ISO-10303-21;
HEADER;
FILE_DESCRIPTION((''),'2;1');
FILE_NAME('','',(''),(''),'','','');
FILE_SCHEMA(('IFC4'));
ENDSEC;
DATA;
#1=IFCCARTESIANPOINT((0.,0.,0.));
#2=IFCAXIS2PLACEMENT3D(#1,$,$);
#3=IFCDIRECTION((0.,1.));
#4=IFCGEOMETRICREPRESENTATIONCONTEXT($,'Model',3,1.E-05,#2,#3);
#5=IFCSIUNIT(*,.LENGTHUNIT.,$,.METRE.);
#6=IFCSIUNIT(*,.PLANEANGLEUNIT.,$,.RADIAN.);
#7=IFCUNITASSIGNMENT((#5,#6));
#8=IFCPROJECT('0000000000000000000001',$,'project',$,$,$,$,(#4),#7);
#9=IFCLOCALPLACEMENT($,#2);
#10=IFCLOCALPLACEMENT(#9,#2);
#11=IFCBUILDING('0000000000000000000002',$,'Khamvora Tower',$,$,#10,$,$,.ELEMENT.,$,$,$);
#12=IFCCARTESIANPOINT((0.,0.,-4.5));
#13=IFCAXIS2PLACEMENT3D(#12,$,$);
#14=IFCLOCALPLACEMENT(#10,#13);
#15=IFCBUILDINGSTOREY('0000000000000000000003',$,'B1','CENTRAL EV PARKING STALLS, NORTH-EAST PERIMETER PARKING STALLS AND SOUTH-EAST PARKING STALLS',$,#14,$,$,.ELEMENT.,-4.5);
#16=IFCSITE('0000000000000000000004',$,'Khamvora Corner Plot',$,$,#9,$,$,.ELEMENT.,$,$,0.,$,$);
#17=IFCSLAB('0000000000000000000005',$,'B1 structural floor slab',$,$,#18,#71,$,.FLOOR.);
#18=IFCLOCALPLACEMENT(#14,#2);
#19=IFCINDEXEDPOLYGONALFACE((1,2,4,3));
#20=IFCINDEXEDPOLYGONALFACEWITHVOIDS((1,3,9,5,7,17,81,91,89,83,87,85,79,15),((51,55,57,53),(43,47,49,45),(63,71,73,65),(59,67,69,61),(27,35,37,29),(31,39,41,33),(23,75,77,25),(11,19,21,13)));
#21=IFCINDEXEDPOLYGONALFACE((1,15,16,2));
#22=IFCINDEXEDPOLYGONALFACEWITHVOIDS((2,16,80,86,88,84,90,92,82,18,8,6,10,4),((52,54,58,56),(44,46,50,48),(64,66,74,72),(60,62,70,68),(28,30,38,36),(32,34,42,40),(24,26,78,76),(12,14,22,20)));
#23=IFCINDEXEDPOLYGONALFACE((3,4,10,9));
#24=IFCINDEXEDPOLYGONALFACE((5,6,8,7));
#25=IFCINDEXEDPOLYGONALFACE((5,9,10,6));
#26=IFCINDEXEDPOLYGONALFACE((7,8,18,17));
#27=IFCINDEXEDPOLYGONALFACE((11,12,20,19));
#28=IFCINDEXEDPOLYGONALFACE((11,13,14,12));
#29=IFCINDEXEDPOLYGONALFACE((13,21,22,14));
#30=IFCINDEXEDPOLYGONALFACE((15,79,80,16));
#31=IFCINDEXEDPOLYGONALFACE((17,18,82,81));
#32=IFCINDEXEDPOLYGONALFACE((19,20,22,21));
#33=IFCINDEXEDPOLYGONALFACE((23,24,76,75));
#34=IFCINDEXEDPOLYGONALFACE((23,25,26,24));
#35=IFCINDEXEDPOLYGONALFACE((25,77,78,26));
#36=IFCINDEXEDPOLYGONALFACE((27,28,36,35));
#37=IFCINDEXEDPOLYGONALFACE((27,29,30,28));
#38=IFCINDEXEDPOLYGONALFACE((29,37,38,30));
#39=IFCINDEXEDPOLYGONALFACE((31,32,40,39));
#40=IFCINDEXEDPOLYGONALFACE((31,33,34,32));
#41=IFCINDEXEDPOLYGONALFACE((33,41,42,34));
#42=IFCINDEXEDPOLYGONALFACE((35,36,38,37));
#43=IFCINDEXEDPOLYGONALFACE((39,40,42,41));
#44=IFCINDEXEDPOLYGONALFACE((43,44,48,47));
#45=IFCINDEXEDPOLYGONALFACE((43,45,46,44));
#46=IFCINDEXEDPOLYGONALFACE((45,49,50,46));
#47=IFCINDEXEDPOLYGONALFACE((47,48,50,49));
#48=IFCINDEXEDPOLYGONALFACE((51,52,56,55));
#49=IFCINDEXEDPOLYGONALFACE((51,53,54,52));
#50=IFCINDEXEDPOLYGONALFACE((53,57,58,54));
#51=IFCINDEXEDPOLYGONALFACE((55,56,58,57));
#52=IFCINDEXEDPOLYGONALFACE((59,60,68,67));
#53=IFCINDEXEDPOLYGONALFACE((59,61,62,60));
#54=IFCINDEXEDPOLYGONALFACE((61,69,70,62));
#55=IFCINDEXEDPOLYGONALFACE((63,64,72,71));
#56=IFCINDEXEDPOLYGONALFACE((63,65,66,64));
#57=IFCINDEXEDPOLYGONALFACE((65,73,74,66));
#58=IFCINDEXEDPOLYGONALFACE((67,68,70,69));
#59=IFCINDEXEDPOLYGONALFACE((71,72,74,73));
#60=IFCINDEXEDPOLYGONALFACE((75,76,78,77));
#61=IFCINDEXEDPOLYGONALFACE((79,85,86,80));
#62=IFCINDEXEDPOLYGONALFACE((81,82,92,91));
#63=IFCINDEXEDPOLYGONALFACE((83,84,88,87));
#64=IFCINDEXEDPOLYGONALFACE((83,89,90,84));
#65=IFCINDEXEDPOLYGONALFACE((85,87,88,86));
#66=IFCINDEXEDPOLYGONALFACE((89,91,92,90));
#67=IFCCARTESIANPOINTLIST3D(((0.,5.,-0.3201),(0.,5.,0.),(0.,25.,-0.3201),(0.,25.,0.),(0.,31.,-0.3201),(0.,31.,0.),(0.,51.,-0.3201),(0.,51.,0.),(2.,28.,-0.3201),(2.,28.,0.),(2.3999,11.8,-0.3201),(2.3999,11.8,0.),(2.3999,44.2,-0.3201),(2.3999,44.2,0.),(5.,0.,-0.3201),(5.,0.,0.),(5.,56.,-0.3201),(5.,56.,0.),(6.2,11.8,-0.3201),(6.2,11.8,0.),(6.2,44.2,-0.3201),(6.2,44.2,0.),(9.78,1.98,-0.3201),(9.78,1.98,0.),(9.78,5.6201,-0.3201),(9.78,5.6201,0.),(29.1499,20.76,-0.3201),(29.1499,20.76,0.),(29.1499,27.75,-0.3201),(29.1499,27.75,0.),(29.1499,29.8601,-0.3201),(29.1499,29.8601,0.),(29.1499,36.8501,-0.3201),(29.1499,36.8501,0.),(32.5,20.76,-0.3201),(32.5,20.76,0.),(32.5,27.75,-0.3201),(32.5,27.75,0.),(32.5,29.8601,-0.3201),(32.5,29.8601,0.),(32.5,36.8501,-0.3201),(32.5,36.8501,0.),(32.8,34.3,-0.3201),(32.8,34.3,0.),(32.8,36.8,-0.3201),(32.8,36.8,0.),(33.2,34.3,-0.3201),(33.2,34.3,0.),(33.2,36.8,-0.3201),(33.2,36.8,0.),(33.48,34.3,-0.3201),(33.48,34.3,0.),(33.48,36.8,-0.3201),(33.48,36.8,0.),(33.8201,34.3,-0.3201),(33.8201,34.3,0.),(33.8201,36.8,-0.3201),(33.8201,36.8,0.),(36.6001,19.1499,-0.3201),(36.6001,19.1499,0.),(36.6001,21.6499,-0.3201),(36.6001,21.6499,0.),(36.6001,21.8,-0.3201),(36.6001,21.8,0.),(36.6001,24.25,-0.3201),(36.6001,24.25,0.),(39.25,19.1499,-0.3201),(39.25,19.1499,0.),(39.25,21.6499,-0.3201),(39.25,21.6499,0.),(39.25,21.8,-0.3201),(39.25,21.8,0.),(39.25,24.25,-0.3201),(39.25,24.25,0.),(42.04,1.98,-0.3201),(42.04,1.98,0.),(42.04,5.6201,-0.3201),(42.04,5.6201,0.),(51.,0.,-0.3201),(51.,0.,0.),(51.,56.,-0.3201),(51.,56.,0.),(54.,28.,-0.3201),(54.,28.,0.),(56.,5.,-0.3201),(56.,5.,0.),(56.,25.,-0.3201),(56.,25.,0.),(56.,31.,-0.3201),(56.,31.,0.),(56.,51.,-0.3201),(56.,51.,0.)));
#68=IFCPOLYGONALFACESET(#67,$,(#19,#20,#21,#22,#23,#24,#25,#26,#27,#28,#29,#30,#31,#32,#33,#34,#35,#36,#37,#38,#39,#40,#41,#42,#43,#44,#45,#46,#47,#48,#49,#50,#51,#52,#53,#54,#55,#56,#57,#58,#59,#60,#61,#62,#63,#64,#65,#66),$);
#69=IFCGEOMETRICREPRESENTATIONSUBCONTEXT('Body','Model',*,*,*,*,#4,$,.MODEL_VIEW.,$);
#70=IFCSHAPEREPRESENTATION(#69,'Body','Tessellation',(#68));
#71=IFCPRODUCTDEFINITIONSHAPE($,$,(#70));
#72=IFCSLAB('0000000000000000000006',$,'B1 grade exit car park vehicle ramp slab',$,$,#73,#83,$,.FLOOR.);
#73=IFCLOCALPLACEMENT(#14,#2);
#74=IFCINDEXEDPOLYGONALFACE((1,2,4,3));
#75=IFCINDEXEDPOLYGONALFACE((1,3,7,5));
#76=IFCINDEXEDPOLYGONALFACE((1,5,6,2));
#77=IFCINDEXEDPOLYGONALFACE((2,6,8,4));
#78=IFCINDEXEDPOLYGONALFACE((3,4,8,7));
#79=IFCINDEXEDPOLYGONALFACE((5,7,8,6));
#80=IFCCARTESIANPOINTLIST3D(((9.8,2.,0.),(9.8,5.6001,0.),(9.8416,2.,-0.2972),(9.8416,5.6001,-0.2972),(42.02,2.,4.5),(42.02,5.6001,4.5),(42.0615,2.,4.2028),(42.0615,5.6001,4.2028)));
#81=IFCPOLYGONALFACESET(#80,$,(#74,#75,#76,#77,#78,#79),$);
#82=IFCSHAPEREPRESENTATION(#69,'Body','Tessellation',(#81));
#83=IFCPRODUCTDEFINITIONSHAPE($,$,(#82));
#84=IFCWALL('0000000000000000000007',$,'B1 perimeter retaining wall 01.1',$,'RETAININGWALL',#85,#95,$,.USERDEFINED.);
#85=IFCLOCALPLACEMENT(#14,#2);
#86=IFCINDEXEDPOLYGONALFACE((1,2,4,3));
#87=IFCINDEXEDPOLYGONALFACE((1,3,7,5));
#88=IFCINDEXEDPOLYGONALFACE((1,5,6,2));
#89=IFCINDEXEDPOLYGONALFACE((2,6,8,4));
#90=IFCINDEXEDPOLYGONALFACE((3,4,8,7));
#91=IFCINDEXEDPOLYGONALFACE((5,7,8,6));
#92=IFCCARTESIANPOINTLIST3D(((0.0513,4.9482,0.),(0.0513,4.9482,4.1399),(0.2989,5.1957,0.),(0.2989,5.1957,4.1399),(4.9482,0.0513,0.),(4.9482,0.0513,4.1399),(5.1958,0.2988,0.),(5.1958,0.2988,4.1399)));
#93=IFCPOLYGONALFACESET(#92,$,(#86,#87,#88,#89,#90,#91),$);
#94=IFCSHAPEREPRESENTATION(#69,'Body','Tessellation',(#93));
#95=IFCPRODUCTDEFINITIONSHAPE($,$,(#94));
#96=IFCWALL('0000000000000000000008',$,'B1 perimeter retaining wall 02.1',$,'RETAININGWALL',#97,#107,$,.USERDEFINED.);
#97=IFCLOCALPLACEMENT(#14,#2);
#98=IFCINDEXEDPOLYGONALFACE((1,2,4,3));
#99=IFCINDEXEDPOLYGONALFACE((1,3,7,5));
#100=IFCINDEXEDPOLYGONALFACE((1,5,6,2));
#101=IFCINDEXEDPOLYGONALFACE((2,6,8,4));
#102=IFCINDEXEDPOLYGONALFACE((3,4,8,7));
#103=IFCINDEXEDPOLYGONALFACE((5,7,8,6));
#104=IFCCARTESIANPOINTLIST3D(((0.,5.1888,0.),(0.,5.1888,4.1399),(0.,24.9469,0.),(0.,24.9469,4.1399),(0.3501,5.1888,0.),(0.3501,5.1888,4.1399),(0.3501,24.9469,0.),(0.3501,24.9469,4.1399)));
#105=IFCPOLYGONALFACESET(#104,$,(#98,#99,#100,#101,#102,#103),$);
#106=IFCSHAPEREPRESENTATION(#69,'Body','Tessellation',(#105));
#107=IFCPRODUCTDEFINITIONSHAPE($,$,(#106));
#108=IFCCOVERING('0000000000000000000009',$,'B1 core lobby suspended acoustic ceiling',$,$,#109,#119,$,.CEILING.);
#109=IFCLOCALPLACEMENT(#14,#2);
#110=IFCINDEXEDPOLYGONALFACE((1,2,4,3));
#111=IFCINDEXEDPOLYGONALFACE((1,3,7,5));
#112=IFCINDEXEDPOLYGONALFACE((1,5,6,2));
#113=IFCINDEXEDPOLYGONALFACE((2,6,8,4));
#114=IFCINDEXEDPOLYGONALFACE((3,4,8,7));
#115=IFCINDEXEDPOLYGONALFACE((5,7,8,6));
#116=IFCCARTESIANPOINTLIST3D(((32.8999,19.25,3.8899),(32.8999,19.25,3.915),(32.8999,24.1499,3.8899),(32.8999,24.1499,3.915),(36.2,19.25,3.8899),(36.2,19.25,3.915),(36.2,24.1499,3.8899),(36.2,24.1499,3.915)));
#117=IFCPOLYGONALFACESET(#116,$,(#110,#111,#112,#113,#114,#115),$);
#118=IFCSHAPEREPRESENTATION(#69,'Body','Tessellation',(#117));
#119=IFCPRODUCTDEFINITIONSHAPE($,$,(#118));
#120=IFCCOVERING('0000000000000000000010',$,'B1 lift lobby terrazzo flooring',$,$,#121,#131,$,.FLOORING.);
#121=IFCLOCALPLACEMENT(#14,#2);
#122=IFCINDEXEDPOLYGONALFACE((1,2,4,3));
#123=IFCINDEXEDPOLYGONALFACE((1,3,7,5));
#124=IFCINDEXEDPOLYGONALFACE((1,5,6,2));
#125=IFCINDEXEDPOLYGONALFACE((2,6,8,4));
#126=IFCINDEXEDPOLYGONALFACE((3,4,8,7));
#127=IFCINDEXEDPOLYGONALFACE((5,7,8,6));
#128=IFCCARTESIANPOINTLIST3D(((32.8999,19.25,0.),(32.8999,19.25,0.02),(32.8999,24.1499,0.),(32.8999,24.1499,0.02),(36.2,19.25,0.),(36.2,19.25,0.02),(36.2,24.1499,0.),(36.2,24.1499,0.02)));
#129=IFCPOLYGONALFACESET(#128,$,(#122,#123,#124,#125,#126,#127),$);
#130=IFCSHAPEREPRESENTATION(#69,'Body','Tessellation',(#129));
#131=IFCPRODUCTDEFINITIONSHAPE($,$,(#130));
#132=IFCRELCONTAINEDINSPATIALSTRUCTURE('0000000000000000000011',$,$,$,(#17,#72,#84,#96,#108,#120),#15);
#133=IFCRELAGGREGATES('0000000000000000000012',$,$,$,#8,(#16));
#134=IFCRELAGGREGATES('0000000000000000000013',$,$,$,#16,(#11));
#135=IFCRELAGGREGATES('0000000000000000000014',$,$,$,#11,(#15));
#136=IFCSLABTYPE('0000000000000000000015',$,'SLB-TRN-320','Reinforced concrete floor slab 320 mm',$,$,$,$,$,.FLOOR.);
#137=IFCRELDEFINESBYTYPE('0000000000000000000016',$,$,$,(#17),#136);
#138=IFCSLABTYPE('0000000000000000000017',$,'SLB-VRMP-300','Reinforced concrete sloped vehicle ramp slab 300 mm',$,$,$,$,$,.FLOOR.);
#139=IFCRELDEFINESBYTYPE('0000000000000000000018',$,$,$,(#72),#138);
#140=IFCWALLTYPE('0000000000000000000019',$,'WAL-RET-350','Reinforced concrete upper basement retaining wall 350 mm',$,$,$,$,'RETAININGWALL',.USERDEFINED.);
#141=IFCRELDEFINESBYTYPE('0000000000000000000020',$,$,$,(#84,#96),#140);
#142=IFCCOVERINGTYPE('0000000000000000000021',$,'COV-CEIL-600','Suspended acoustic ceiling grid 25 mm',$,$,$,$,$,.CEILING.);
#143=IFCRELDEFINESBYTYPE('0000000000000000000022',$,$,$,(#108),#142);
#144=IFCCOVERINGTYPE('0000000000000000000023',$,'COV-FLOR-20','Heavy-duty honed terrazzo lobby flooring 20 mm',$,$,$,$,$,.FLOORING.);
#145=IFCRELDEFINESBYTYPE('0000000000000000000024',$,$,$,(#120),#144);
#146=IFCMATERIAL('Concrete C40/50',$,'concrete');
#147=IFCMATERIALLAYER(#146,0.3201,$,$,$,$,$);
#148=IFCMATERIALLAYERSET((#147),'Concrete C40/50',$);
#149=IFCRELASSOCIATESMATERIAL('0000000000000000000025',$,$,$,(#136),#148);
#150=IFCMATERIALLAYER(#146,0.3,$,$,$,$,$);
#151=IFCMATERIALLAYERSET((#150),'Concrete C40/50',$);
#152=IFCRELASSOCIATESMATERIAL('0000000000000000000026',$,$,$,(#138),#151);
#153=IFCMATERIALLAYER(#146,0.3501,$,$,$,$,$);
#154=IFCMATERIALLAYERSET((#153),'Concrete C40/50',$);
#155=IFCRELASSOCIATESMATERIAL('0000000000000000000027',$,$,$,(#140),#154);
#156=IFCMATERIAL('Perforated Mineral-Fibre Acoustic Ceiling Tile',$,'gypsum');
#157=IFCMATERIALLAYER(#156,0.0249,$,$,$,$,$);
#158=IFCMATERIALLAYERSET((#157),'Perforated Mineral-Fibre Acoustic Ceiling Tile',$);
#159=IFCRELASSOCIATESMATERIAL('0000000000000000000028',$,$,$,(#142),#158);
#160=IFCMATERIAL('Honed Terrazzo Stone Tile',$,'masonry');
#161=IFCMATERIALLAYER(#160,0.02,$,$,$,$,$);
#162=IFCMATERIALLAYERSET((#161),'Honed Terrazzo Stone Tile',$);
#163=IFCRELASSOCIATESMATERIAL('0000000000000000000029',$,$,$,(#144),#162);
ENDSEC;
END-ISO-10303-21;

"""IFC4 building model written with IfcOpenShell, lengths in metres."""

from ifc_helpers import new_model, si_unit, direction, frame, frame_2d, origin, place, context, subcontext, project, spatial, polyline, rectangle, outline, extrude, material, layer, layer_set, type_object, element, save


model = new_model("IFC4")

# Units and contexts
model_context = context("Model", 3, precision=1e-05, world=origin(), true_north=direction((0.0, 1.0)))
body_context = subcontext(model_context, "Body", "Model", "MODEL_VIEW")
ifc_project = project(units=[si_unit("LENGTHUNIT", "METRE"), si_unit("PLANEANGLEUNIT", "RADIAN")], contexts=[model_context])

# Site, building, storey
site_placement = place(None, origin())
site = spatial("IfcSite", under=ifc_project, at=site_placement, Name="Khamvora Corner Plot", CompositionType="ELEMENT", RefElevation=0.0)
building_placement = place(site_placement, origin())
building = spatial("IfcBuilding", under=site, at=building_placement, Name="Khamvora Tower", CompositionType="ELEMENT")
storey_placement = place(building_placement, frame((0.0, 0.0, -4.5)))
storey = spatial("IfcBuildingStorey", under=building, at=storey_placement, Name="B1", Description="CENTRAL EV PARKING STALLS, NORTH-EAST PERIMETER PARKING STALLS AND SOUTH-EAST PARKING STALLS", CompositionType="ELEMENT", Elevation=-4.5)

# Shared definitions
ifc_material_1 = material(Name="Concrete C40/50", Category="concrete")

# Slabs
ifc_layer_1 = layer(ifc_material_1, 0.3201)
ifc_layer_set_1 = layer_set([ifc_layer_1], Name="Concrete C40/50")
slab_type_1 = type_object("IfcSlabType", Name="SLB-TRN-320", Description="Reinforced concrete floor slab 320 mm", PredefinedType="FLOOR", material=ifc_layer_set_1)
slab_1_placement = place(storey_placement, frame((0.0, 0.0, -0.3201)))
element("IfcSlab", 1, at=slab_1_placement, inside=storey, type_object=slab_type_1, Name="B1 structural floor slab", PredefinedType="FLOOR", context=body_context, shape_type="SweptSolid", body=[
    extrude(outline(polyline([(5.0, 0.0), (51.0, 0.0), (56.0, 5.0), (56.0, 25.0), (54.0, 28.0), (56.0, 31.0), (56.0, 51.0), (51.0, 56.0), (5.0, 56.0), (0.0, 51.0), (0.0, 31.0), (2.0, 28.0), (0.0, 25.0), (0.0, 5.0), (5.0, 0.0)]), holes=[polyline([(32.5, 20.76), (32.5, 27.75), (29.1499, 27.75), (29.1499, 20.76), (32.5, 20.76)]), polyline([(32.5, 29.8601), (32.5, 36.8501), (29.1499, 36.8501), (29.1499, 29.8601), (32.5, 29.8601)]), polyline([(36.6001, 19.1499), (39.25, 19.1499), (39.25, 21.6499), (36.6001, 21.6499), (36.6001, 19.1499)]), polyline([(36.6001, 21.8), (39.25, 21.8), (39.25, 24.25), (36.6001, 24.25), (36.6001, 21.8)]), polyline([(32.8, 34.3), (33.2, 34.3), (33.2, 36.8), (32.8, 36.8), (32.8, 34.3)]), polyline([(33.48, 34.3), (33.8201, 34.3), (33.8201, 36.8), (33.48, 36.8), (33.48, 34.3)]), polyline([(2.3999, 11.8), (6.2, 11.8), (6.2, 44.2), (2.3999, 44.2), (2.3999, 11.8)]), polyline([(9.78, 1.98), (42.04, 1.98), (42.04, 5.6201), (9.78, 5.6201), (9.78, 1.98)])]), origin(), (0.0, 0.0, 1.0), 0.3201),
])
ifc_layer_2 = layer(ifc_material_1, 0.3)
ifc_layer_set_2 = layer_set([ifc_layer_2], Name="Concrete C40/50")
slab_type_2 = type_object("IfcSlabType", Name="SLB-VRMP-300", Description="Reinforced concrete sloped vehicle ramp slab 300 mm", PredefinedType="FLOOR", material=ifc_layer_set_2)
slab_2_placement = place(storey_placement, frame((9.8, 2.0, 0.0), z_axis=(-0.138322, 0.0, 0.990387), x_axis=(0.990387, 0.0, 0.138322)))
element("IfcSlab", 2, at=slab_2_placement, inside=storey, type_object=slab_type_2, Name="B1 grade exit car park vehicle ramp slab", PredefinedType="FLOOR", context=body_context, shape_type="SweptSolid", body=[
    extrude(outline(polyline([(0.0, 0.0), (32.5327, 0.0), (32.5327, 3.6001), (0.0, 3.6001), (0.0, 0.0)])), origin(), (0.0, 0.0, -1.0), 0.3),
])

# Walls
ifc_layer_3 = layer(ifc_material_1, 0.3501)
ifc_layer_set_3 = layer_set([ifc_layer_3], Name="Concrete C40/50")
wall_type = type_object("IfcWallType", Name="WAL-RET-350", Description="Reinforced concrete upper basement retaining wall 350 mm", ElementType="RETAININGWALL", PredefinedType="USERDEFINED", material=ifc_layer_set_3)
wall_1_placement = place(storey_placement, frame((5.072, 0.175, 0.0), z_axis=(0.0, 0.0, 1.0), x_axis=(-0.707107, 0.707107, 0.0)))
element("IfcWall", 3, at=wall_1_placement, inside=storey, type_object=wall_type, Name="B1 perimeter retaining wall 01.1", ObjectType="RETAININGWALL", PredefinedType="USERDEFINED", context=body_context, shape_type="SweptSolid", body=[
    extrude(rectangle(XDim=6.9253, YDim=0.3501, at=frame_2d((3.4626, 0.0))), origin(), (0.0, 0.0, 1.0), 4.1399),
])
wall_2_placement = place(storey_placement, frame((0.175, 5.189, 0.0), z_axis=(0.0, 0.0, 1.0), x_axis=(0.0, 1.0, 0.0)))
element("IfcWall", 4, at=wall_2_placement, inside=storey, type_object=wall_type, Name="B1 perimeter retaining wall 02.1", ObjectType="RETAININGWALL", PredefinedType="USERDEFINED", context=body_context, shape_type="SweptSolid", body=[
    extrude(rectangle(XDim=19.7581, YDim=0.3501, at=frame_2d((9.8789, 0.0))), origin(), (0.0, 0.0, 1.0), 4.1399),
])

# Coverings
ifc_material_2 = material(Name="Perforated Mineral-Fibre Acoustic Ceiling Tile", Category="gypsum")
ifc_layer_4 = layer(ifc_material_2, 0.0249)
ifc_layer_set_4 = layer_set([ifc_layer_4], Name="Perforated Mineral-Fibre Acoustic Ceiling Tile")
covering_type_1 = type_object("IfcCoveringType", Name="COV-CEIL-600", Description="Suspended acoustic ceiling grid 25 mm", PredefinedType="CEILING", material=ifc_layer_set_4)
covering_1_placement = place(storey_placement, frame((0.0, 0.0, 3.8899)))
element("IfcCovering", 5, at=covering_1_placement, inside=storey, type_object=covering_type_1, Name="B1 core lobby suspended acoustic ceiling", PredefinedType="CEILING", context=body_context, shape_type="SweptSolid", body=[
    extrude(outline(polyline([(32.8999, 19.25), (36.2, 19.25), (36.2, 24.1499), (32.8999, 24.1499), (32.8999, 19.25)])), origin(), (0.0, 0.0, 1.0), 0.0251),
])
ifc_material_3 = material(Name="Honed Terrazzo Stone Tile", Category="masonry")
ifc_layer_5 = layer(ifc_material_3, 0.02)
ifc_layer_set_5 = layer_set([ifc_layer_5], Name="Honed Terrazzo Stone Tile")
covering_type_2 = type_object("IfcCoveringType", Name="COV-FLOR-20", Description="Heavy-duty honed terrazzo lobby flooring 20 mm", PredefinedType="FLOORING", material=ifc_layer_set_5)
covering_2_placement = place(storey_placement, origin())
element("IfcCovering", 6, at=covering_2_placement, inside=storey, type_object=covering_type_2, Name="B1 lift lobby terrazzo flooring", PredefinedType="FLOORING", context=body_context, shape_type="SweptSolid", body=[
    extrude(outline(polyline([(32.8999, 19.25), (36.2, 19.25), (36.2, 24.1499), (32.8999, 24.1499), (32.8999, 19.25)])), origin(), (0.0, 0.0, 1.0), 0.02),
])

save(model, "model.ifc")
